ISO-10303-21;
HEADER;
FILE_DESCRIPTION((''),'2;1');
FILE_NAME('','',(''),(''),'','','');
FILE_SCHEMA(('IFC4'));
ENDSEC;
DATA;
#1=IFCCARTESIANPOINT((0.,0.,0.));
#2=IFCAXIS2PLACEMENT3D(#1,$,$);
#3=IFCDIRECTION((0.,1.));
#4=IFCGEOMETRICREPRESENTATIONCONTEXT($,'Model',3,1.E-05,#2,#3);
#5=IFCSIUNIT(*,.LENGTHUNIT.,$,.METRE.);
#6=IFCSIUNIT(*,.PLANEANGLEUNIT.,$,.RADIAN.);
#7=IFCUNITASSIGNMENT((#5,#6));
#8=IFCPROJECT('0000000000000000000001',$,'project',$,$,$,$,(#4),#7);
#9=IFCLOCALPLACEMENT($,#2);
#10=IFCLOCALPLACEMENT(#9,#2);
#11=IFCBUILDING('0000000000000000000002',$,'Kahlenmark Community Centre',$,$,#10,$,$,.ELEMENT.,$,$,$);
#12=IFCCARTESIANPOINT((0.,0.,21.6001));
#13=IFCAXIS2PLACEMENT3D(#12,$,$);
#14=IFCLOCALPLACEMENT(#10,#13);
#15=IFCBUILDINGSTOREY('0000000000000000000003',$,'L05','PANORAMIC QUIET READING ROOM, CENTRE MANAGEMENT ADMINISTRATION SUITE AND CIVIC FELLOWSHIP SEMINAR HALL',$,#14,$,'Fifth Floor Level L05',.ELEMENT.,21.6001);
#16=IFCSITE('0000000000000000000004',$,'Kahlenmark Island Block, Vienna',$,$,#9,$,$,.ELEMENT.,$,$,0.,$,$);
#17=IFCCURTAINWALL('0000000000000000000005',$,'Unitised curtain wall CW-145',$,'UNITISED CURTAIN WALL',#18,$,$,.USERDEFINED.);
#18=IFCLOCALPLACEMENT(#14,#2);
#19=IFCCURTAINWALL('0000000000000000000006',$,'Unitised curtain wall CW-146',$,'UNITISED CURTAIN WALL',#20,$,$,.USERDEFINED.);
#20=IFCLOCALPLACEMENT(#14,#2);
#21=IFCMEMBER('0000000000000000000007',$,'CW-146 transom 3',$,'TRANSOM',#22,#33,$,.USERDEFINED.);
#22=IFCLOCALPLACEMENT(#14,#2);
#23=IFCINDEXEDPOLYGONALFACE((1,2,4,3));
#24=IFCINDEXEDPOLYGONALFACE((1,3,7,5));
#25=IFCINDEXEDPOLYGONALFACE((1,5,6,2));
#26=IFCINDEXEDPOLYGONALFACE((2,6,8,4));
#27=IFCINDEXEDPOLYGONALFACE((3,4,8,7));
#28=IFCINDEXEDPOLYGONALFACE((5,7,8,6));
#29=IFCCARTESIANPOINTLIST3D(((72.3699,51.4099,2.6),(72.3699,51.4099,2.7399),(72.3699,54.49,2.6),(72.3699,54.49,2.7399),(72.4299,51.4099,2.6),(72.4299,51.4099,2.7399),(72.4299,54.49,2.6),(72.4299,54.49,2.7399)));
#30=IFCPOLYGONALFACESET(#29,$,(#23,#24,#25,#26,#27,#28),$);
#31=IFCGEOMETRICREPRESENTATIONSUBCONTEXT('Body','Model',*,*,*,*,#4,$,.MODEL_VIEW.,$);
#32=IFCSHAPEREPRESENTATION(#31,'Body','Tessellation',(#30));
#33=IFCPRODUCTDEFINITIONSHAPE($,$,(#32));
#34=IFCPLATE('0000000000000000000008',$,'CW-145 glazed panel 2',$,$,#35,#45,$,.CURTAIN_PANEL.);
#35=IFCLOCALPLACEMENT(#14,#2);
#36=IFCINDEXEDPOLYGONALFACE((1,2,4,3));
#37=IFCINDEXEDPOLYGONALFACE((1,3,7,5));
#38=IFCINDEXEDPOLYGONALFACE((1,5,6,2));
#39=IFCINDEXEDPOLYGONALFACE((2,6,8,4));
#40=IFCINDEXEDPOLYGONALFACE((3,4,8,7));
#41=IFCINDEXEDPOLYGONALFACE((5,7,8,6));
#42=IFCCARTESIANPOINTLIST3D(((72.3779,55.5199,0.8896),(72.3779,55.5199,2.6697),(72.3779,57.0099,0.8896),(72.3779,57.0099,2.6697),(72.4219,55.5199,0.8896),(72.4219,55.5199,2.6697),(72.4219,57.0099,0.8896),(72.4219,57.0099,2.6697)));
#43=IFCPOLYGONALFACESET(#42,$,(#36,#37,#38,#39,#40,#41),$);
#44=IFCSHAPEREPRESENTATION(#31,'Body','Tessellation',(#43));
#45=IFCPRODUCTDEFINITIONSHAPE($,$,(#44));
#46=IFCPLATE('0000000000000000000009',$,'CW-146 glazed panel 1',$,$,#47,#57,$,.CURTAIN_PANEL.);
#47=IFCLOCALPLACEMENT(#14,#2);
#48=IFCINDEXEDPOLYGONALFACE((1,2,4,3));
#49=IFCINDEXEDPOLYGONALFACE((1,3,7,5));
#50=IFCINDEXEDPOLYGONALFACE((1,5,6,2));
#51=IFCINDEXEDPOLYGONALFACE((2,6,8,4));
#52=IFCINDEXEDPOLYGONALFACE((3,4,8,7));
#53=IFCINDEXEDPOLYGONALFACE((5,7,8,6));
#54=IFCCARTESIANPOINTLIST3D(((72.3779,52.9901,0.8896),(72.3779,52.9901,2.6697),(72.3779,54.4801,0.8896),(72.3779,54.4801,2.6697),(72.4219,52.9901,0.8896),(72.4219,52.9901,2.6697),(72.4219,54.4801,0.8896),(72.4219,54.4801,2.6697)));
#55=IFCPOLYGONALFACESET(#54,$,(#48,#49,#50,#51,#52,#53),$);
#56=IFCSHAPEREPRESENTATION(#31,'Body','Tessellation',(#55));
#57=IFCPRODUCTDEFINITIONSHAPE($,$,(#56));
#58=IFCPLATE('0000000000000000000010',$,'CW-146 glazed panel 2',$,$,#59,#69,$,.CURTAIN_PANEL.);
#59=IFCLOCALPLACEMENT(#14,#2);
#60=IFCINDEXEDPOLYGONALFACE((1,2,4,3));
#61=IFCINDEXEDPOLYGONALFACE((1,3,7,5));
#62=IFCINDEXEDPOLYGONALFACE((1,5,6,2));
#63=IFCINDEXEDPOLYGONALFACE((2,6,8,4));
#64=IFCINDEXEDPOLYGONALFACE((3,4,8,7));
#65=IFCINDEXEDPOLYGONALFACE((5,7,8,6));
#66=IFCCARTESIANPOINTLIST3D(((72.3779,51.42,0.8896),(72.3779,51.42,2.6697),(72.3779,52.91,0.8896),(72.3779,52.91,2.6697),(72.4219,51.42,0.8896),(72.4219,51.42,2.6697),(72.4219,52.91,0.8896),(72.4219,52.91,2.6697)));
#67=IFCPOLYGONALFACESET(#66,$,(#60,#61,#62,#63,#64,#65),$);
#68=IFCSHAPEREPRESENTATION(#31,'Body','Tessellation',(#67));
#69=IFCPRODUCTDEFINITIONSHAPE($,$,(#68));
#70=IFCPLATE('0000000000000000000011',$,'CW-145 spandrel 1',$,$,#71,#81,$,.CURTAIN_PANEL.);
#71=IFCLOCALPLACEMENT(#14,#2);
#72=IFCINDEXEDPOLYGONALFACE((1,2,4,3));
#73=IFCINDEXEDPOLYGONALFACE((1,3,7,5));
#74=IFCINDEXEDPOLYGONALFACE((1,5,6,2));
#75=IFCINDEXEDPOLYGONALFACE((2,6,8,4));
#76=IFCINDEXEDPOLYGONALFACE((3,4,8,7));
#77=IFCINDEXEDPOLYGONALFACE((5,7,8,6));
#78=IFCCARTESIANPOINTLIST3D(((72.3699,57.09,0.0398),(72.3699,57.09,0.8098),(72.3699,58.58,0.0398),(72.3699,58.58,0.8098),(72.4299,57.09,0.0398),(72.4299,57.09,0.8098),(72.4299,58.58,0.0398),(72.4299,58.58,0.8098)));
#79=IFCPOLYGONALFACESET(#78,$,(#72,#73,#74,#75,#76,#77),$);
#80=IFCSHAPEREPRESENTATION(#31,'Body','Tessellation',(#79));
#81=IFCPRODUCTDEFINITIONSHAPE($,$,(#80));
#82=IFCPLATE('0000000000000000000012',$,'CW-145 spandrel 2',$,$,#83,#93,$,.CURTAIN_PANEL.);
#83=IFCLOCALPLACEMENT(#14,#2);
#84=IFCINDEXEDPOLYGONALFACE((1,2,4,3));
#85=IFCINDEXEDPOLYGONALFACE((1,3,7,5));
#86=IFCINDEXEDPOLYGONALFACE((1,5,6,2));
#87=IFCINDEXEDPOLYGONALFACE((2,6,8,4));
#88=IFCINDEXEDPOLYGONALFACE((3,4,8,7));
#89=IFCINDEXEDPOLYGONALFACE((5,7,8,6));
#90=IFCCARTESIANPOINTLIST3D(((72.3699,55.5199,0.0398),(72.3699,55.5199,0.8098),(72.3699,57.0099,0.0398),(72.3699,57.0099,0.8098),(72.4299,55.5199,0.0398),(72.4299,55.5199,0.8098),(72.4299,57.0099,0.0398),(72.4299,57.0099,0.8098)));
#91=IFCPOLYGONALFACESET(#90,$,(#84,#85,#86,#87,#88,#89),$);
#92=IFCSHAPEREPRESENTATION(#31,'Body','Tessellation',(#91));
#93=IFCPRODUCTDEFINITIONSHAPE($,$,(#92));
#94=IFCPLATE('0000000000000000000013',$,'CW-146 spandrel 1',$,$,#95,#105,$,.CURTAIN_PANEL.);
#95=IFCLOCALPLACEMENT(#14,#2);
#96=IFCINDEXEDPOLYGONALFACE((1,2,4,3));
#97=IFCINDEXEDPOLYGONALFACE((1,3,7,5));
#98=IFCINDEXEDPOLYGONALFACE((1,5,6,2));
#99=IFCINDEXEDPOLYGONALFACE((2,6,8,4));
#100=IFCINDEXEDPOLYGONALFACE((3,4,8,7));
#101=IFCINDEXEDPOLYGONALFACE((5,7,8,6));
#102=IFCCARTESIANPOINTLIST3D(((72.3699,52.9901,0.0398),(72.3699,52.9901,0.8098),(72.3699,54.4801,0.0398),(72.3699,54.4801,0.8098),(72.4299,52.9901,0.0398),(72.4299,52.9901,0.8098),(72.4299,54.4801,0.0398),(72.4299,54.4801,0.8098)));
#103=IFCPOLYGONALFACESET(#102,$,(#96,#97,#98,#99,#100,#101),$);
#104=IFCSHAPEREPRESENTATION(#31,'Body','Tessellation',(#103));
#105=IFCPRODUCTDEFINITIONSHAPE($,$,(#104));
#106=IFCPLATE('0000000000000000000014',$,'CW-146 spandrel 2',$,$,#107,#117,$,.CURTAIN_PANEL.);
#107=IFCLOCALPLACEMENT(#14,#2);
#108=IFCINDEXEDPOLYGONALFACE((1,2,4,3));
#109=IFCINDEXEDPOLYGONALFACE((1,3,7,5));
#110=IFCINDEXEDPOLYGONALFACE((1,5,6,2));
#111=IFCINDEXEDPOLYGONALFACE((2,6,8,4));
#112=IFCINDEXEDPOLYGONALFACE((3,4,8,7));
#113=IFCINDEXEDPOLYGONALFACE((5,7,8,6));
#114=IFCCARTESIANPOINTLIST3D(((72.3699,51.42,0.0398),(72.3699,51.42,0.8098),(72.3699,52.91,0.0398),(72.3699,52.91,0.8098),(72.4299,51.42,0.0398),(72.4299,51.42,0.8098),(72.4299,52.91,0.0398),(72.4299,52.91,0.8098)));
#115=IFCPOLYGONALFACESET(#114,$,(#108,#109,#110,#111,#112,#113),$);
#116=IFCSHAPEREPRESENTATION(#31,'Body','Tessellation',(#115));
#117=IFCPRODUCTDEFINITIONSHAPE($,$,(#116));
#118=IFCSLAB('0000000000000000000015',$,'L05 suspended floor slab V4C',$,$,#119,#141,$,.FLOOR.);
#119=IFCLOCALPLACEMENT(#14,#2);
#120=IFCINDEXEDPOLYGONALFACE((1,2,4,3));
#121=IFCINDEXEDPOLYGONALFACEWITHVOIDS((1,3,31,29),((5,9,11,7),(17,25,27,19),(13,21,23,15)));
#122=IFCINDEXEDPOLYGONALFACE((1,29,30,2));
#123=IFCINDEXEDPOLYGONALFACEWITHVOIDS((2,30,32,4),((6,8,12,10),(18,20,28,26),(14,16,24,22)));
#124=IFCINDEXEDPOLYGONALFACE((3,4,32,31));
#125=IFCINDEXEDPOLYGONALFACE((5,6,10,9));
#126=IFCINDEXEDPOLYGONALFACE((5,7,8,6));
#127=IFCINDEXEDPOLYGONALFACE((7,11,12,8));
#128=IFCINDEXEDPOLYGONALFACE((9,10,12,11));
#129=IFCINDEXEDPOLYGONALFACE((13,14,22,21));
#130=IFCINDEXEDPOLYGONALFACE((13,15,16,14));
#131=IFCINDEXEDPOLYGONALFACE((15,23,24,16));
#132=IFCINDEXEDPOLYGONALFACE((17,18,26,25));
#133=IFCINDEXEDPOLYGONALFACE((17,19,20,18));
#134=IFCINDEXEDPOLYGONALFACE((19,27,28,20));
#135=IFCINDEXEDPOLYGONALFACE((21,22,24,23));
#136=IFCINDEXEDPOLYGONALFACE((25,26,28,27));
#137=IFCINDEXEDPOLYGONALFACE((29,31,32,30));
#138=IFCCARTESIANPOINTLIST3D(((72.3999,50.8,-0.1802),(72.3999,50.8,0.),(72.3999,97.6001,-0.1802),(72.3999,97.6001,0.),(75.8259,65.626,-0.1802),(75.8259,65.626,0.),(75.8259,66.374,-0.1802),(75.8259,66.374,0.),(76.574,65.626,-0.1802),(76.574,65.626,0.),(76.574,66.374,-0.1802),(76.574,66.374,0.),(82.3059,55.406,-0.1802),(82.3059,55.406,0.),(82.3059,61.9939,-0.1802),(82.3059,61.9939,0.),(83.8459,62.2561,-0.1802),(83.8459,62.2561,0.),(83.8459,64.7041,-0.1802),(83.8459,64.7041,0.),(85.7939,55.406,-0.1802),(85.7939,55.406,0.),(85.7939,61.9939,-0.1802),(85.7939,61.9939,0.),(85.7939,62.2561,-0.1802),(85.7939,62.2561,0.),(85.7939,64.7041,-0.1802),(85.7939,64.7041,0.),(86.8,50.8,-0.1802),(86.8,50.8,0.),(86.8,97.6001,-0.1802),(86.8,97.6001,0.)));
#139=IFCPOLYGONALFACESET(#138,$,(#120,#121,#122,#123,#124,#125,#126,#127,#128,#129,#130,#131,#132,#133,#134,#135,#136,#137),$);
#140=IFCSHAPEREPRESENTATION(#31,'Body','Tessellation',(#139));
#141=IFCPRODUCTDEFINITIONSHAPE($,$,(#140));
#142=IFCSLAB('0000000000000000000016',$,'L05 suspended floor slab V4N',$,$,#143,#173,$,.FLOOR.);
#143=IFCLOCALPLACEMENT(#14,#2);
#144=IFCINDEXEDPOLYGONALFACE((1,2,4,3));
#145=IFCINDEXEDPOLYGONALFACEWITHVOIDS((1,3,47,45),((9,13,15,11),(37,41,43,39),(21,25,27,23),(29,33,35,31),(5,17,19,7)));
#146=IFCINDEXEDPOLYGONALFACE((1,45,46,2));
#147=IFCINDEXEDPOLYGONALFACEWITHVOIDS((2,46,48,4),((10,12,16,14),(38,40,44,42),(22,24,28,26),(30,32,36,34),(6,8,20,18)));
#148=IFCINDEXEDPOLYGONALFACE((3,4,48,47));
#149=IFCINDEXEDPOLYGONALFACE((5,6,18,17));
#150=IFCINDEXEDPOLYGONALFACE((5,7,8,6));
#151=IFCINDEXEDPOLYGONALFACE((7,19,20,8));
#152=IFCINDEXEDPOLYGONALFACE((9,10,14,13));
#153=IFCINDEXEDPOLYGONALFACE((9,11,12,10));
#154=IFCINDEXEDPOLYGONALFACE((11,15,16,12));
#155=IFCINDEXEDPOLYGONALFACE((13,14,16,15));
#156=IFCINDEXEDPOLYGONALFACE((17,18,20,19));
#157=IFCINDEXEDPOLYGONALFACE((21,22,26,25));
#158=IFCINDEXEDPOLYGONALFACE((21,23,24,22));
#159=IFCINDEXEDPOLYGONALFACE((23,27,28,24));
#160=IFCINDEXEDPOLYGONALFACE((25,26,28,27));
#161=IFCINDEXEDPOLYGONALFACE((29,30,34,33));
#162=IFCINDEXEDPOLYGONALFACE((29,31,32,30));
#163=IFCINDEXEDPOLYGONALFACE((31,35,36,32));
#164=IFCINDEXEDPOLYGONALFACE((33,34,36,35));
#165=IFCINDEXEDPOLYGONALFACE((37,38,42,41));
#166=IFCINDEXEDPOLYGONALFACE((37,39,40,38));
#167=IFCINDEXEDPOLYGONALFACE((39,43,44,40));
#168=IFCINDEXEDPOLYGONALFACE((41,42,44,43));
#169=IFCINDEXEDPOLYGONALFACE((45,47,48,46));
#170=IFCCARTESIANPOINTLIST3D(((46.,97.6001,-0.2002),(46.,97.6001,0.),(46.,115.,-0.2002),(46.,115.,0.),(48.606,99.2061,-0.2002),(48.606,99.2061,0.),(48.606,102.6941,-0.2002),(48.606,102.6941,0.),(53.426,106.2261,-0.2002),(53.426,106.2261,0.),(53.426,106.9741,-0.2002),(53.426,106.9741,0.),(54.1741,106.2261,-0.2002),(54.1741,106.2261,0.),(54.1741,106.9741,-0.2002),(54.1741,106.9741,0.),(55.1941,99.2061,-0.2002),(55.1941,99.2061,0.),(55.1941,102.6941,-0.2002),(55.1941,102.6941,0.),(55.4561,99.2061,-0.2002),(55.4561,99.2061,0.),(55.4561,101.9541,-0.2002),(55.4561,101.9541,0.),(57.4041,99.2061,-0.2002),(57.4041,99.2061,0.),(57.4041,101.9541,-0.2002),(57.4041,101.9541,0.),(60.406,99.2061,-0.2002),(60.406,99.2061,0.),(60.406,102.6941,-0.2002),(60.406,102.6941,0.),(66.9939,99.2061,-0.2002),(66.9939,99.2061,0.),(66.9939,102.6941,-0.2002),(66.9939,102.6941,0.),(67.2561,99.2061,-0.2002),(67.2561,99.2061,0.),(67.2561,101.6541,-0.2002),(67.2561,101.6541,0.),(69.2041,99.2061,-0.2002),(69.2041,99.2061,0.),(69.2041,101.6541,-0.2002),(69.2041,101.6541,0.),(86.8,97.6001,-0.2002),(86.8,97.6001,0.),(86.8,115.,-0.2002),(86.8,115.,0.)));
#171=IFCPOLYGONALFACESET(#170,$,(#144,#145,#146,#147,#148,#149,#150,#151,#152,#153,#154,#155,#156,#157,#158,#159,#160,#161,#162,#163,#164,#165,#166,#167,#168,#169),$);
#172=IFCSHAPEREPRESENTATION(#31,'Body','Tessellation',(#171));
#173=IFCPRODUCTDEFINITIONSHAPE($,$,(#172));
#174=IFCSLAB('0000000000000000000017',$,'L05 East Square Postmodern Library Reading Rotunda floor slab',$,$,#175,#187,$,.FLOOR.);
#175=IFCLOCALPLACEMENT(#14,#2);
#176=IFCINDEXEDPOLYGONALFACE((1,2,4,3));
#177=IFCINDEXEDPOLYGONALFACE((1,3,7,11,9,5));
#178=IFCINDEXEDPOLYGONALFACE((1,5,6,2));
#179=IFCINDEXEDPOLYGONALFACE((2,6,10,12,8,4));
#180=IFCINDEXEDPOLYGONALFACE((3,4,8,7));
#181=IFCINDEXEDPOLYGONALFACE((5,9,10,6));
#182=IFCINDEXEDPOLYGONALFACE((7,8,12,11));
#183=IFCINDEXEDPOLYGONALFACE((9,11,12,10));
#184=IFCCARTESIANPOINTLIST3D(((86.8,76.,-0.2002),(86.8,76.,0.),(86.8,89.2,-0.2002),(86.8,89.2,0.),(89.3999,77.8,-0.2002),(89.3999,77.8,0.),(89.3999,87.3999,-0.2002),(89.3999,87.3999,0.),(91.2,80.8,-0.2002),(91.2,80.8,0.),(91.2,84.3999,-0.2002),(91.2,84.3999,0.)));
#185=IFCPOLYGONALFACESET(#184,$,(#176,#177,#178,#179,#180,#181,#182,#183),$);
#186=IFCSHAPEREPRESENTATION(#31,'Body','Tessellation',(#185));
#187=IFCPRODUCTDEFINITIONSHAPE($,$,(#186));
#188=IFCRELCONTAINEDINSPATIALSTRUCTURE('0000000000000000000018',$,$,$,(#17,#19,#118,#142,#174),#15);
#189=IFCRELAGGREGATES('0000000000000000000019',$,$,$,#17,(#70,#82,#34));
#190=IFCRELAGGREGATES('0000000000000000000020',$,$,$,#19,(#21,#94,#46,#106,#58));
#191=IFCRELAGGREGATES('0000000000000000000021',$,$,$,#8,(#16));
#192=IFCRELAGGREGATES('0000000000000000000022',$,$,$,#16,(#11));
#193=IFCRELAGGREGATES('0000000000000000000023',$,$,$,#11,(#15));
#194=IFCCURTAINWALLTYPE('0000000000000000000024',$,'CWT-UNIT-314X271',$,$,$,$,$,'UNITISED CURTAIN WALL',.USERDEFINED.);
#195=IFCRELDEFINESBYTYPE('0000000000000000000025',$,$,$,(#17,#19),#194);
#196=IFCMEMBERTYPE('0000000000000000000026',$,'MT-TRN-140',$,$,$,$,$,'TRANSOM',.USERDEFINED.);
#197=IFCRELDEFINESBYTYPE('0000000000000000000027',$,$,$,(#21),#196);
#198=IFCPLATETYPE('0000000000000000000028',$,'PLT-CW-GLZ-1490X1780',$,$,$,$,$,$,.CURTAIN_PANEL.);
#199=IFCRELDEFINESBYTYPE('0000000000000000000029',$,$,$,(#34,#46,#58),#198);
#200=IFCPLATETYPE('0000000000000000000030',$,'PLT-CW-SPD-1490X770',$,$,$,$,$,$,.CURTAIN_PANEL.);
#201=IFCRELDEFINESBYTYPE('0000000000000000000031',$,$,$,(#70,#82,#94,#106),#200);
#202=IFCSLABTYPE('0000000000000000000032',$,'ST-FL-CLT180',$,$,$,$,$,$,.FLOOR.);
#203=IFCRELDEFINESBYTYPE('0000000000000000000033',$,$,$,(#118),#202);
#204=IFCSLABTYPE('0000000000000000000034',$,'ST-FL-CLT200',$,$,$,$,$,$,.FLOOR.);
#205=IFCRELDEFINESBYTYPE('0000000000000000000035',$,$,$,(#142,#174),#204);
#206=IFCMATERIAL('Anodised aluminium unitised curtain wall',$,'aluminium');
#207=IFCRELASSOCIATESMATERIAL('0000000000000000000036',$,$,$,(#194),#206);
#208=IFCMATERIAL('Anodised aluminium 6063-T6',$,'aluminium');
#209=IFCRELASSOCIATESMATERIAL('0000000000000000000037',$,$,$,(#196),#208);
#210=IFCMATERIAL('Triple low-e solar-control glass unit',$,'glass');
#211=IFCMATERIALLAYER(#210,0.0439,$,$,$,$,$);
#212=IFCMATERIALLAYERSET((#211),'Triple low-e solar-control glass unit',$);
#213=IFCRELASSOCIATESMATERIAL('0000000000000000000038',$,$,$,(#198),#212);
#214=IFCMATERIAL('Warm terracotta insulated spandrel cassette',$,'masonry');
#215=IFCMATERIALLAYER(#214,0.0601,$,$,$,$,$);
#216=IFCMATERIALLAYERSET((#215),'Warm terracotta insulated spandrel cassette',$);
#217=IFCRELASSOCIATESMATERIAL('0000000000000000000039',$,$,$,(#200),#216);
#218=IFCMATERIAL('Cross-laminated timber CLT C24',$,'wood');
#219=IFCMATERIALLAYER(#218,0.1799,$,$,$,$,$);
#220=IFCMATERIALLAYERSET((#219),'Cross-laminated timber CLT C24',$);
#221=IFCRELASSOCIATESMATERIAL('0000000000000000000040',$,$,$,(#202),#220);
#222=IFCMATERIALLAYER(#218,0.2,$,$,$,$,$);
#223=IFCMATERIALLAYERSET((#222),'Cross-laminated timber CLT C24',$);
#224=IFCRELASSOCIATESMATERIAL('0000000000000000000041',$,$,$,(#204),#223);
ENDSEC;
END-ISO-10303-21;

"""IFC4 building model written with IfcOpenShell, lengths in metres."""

from ifc_helpers import new_model, si_unit, direction, frame, origin, origin_2d, place, context, subcontext, project, spatial, polyline, rectangle, outline, extrude, material, layer, layer_set, material_profile, profile_set, type_object, element, aggregate, save


model = new_model("IFC4")

# Units and contexts
model_context = context("Model", 3, precision=1e-05, world=origin(), true_north=direction((0.0, 1.0)))
body_context = subcontext(model_context, "Body", "Model", "MODEL_VIEW")
ifc_project = project(units=[si_unit("LENGTHUNIT", "METRE"), si_unit("PLANEANGLEUNIT", "RADIAN")], contexts=[model_context])

# Site, building, storey
site_placement = place(None, origin())
site = spatial("IfcSite", under=ifc_project, at=site_placement, Name="Kahlenmark Island Block, Vienna", CompositionType="ELEMENT", RefElevation=0.0)
building_placement = place(site_placement, origin())
building = spatial("IfcBuilding", under=site, at=building_placement, Name="Kahlenmark Community Centre", CompositionType="ELEMENT")
storey_placement = place(building_placement, frame((0.0, 0.0, 21.6001)))
storey = spatial("IfcBuildingStorey", under=building, at=storey_placement, Name="L05", Description="PANORAMIC QUIET READING ROOM, CENTRE MANAGEMENT ADMINISTRATION SUITE AND CIVIC FELLOWSHIP SEMINAR HALL", LongName="Fifth Floor Level L05", CompositionType="ELEMENT", Elevation=21.6001)

# Curtain walls, member
ifc_material_1 = material(Name="Anodised aluminium unitised curtain wall", Category="aluminium")
curtain_wall_type = type_object("IfcCurtainWallType", Name="CWT-UNIT-314X271", ElementType="UNITISED CURTAIN WALL", PredefinedType="USERDEFINED", material=ifc_material_1)
curtain_wall_1_placement = place(storey_placement, origin())
curtain_wall_1 = element("IfcCurtainWall", 1, at=curtain_wall_1_placement, inside=storey, type_object=curtain_wall_type, Name="Unitised curtain wall CW-145", ObjectType="UNITISED CURTAIN WALL", PredefinedType="USERDEFINED")
ifc_material_2 = material(Name="Anodised aluminium 6063-T6", Category="aluminium")
curtain_wall_2_placement = place(storey_placement, origin())
curtain_wall_2 = element("IfcCurtainWall", 2, at=curtain_wall_2_placement, inside=storey, type_object=curtain_wall_type, Name="Unitised curtain wall CW-146", ObjectType="UNITISED CURTAIN WALL", PredefinedType="USERDEFINED")
ifc_material_profile_1 = material_profile(ifc_material_2, rectangle(XDim=0.0601, YDim=0.1399, at=origin_2d()), Name="ALU TRANSOM 60x140")
ifc_profile_set_1 = profile_set([ifc_material_profile_1], Name="Anodised aluminium 6063-T6")
member_type_1 = type_object("IfcMemberType", Name="MT-TRN-140", ElementType="TRANSOM", PredefinedType="USERDEFINED", material=ifc_profile_set_1)
member_1_placement = place(storey_placement, frame((72.3999, 54.49, 2.6699), z_axis=(0.0, -1.0, 0.0), x_axis=(1.0, 0.0, 0.0)))
member_1 = element("IfcMember", 3, at=member_1_placement, type_object=member_type_1, Name="CW-146 transom 3", ObjectType="TRANSOM", PredefinedType="USERDEFINED", context=body_context, shape_type="SweptSolid", body=[
    extrude(rectangle(XDim=0.0601, YDim=0.1399, at=origin_2d()), origin(), (0.0, 0.0, 1.0), 3.0801),
])

# Plates
ifc_material_3 = material(Name="Triple low-e solar-control glass unit", Category="glass")
ifc_layer_1 = layer(ifc_material_3, 0.0439)
ifc_layer_set_1 = layer_set([ifc_layer_1], Name="Triple low-e solar-control glass unit")
plate_type_1 = type_object("IfcPlateType", Name="PLT-CW-GLZ-1490X1780", PredefinedType="CURTAIN_PANEL", material=ifc_layer_set_1)
plate_1_placement = place(storey_placement, frame((72.3999, 56.2649, 0.8896), z_axis=(0.0, 0.0, 1.0), x_axis=(0.0, -1.0, 0.0)))
plate_1 = element("IfcPlate", 4, at=plate_1_placement, type_object=plate_type_1, Name="CW-145 glazed panel 2", PredefinedType="CURTAIN_PANEL", context=body_context, shape_type="SweptSolid", body=[
    extrude(rectangle(XDim=1.49, YDim=0.0439, at=origin_2d()), origin(), (0.0, 0.0, 1.0), 1.78),
])
plate_2_placement = place(storey_placement, frame((72.3999, 53.7351, 0.8896), z_axis=(0.0, 0.0, 1.0), x_axis=(0.0, -1.0, 0.0)))
plate_2 = element("IfcPlate", 5, at=plate_2_placement, type_object=plate_type_1, Name="CW-146 glazed panel 1", PredefinedType="CURTAIN_PANEL", context=body_context, shape_type="SweptSolid", body=[
    extrude(rectangle(XDim=1.49, YDim=0.0439, at=origin_2d()), origin(), (0.0, 0.0, 1.0), 1.78),
])
plate_3_placement = place(storey_placement, frame((72.3999, 52.165, 0.8896), z_axis=(0.0, 0.0, 1.0), x_axis=(0.0, -1.0, 0.0)))
plate_3 = element("IfcPlate", 6, at=plate_3_placement, type_object=plate_type_1, Name="CW-146 glazed panel 2", PredefinedType="CURTAIN_PANEL", context=body_context, shape_type="SweptSolid", body=[
    extrude(rectangle(XDim=1.49, YDim=0.0439, at=origin_2d()), origin(), (0.0, 0.0, 1.0), 1.78),
])
ifc_material_4 = material(Name="Warm terracotta insulated spandrel cassette", Category="masonry")
ifc_layer_2 = layer(ifc_material_4, 0.0601)
ifc_layer_set_2 = layer_set([ifc_layer_2], Name="Warm terracotta insulated spandrel cassette")
plate_type_2 = type_object("IfcPlateType", Name="PLT-CW-SPD-1490X770", PredefinedType="CURTAIN_PANEL", material=ifc_layer_set_2)
plate_4_placement = place(storey_placement, frame((72.3999, 57.835, 0.0398), z_axis=(0.0, 0.0, 1.0), x_axis=(0.0, -1.0, 0.0)))
plate_4 = element("IfcPlate", 7, at=plate_4_placement, type_object=plate_type_2, Name="CW-145 spandrel 1", PredefinedType="CURTAIN_PANEL", context=body_context, shape_type="SweptSolid", body=[
    extrude(rectangle(XDim=1.49, YDim=0.0601, at=origin_2d()), origin(), (0.0, 0.0, 1.0), 0.77),
])
plate_5_placement = place(storey_placement, frame((72.3999, 56.2649, 0.0398), z_axis=(0.0, 0.0, 1.0), x_axis=(0.0, -1.0, 0.0)))
plate_5 = element("IfcPlate", 8, at=plate_5_placement, type_object=plate_type_2, Name="CW-145 spandrel 2", PredefinedType="CURTAIN_PANEL", context=body_context, shape_type="SweptSolid", body=[
    extrude(rectangle(XDim=1.49, YDim=0.0601, at=origin_2d()), origin(), (0.0, 0.0, 1.0), 0.77),
])
aggregate(curtain_wall_1, [plate_4, plate_5, plate_1])
plate_6_placement = place(storey_placement, frame((72.3999, 53.7351, 0.0398), z_axis=(0.0, 0.0, 1.0), x_axis=(0.0, -1.0, 0.0)))
plate_6 = element("IfcPlate", 9, at=plate_6_placement, type_object=plate_type_2, Name="CW-146 spandrel 1", PredefinedType="CURTAIN_PANEL", context=body_context, shape_type="SweptSolid", body=[
    extrude(rectangle(XDim=1.49, YDim=0.0601, at=origin_2d()), origin(), (0.0, 0.0, 1.0), 0.77),
])
plate_7_placement = place(storey_placement, frame((72.3999, 52.165, 0.0398), z_axis=(0.0, 0.0, 1.0), x_axis=(0.0, -1.0, 0.0)))
plate_7 = element("IfcPlate", 10, at=plate_7_placement, type_object=plate_type_2, Name="CW-146 spandrel 2", PredefinedType="CURTAIN_PANEL", context=body_context, shape_type="SweptSolid", body=[
    extrude(rectangle(XDim=1.49, YDim=0.0601, at=origin_2d()), origin(), (0.0, 0.0, 1.0), 0.77),
])
aggregate(curtain_wall_2, [member_1, plate_6, plate_2, plate_7, plate_3])

# Slabs
ifc_material_5 = material(Name="Cross-laminated timber CLT C24", Category="wood")
ifc_layer_3 = layer(ifc_material_5, 0.1799)
ifc_layer_set_3 = layer_set([ifc_layer_3], Name="Cross-laminated timber CLT C24")
slab_type_1 = type_object("IfcSlabType", Name="ST-FL-CLT180", PredefinedType="FLOOR", material=ifc_layer_set_3)
slab_1_placement = place(storey_placement, frame((0.0, 0.0, -0.1802)))
element("IfcSlab", 11, at=slab_1_placement, inside=storey, type_object=slab_type_1, Name="L05 suspended floor slab V4C", PredefinedType="FLOOR", context=body_context, shape_type="SweptSolid", body=[
    extrude(outline(polyline([(72.3999, 50.8), (86.8, 50.8), (86.8, 97.6001), (72.3999, 97.6001), (72.3999, 50.8)]), holes=[polyline([(82.3059, 55.406), (85.7939, 55.406), (85.7939, 61.9939), (82.3059, 61.9939), (82.3059, 55.406)]), polyline([(83.8459, 62.2561), (85.7939, 62.2561), (85.7939, 64.7041), (83.8459, 64.7041), (83.8459, 62.2561)]), polyline([(75.8259, 65.626), (76.574, 65.626), (76.574, 66.374), (75.8259, 66.374), (75.8259, 65.626)])]), origin(), (0.0, 0.0, 1.0), 0.1802),
])
ifc_layer_4 = layer(ifc_material_5, 0.2)
ifc_layer_set_4 = layer_set([ifc_layer_4], Name="Cross-laminated timber CLT C24")
slab_type_2 = type_object("IfcSlabType", Name="ST-FL-CLT200", PredefinedType="FLOOR", material=ifc_layer_set_4)
slab_2_placement = place(storey_placement, frame((0.0, 0.0, -0.2002)))
element("IfcSlab", 12, at=slab_2_placement, inside=storey, type_object=slab_type_2, Name="L05 suspended floor slab V4N", PredefinedType="FLOOR", context=body_context, shape_type="SweptSolid", body=[
    extrude(outline(polyline([(46.0, 97.6001), (86.8, 97.6001), (86.8, 115.0), (46.0, 115.0), (46.0, 97.6001)]), holes=[polyline([(48.606, 99.2061), (55.1941, 99.2061), (55.1941, 102.6941), (48.606, 102.6941), (48.606, 99.2061)]), polyline([(60.406, 99.2061), (66.9939, 99.2061), (66.9939, 102.6941), (60.406, 102.6941), (60.406, 99.2061)]), polyline([(55.4561, 99.2061), (57.4041, 99.2061), (57.4041, 101.9541), (55.4561, 101.9541), (55.4561, 99.2061)]), polyline([(67.2561, 99.2061), (69.2041, 99.2061), (69.2041, 101.6541), (67.2561, 101.6541), (67.2561, 99.2061)]), polyline([(53.426, 106.2261), (54.1741, 106.2261), (54.1741, 106.9741), (53.426, 106.9741), (53.426, 106.2261)])]), origin(), (0.0, 0.0, 1.0), 0.2002),
])
slab_3_placement = place(storey_placement, frame((0.0, 0.0, -0.2002)))
element("IfcSlab", 13, at=slab_3_placement, inside=storey, type_object=slab_type_2, Name="L05 East Square Postmodern Library Reading Rotunda floor slab", PredefinedType="FLOOR", context=body_context, shape_type="SweptSolid", body=[
    extrude(outline(polyline([(86.8, 76.0), (89.3999, 77.8), (91.2, 80.8), (91.2, 84.3999), (89.3999, 87.3999), (86.8, 89.2), (86.8, 76.0)])), origin(), (0.0, 0.0, 1.0), 0.2002),
])

save(model, "model.ifc")
